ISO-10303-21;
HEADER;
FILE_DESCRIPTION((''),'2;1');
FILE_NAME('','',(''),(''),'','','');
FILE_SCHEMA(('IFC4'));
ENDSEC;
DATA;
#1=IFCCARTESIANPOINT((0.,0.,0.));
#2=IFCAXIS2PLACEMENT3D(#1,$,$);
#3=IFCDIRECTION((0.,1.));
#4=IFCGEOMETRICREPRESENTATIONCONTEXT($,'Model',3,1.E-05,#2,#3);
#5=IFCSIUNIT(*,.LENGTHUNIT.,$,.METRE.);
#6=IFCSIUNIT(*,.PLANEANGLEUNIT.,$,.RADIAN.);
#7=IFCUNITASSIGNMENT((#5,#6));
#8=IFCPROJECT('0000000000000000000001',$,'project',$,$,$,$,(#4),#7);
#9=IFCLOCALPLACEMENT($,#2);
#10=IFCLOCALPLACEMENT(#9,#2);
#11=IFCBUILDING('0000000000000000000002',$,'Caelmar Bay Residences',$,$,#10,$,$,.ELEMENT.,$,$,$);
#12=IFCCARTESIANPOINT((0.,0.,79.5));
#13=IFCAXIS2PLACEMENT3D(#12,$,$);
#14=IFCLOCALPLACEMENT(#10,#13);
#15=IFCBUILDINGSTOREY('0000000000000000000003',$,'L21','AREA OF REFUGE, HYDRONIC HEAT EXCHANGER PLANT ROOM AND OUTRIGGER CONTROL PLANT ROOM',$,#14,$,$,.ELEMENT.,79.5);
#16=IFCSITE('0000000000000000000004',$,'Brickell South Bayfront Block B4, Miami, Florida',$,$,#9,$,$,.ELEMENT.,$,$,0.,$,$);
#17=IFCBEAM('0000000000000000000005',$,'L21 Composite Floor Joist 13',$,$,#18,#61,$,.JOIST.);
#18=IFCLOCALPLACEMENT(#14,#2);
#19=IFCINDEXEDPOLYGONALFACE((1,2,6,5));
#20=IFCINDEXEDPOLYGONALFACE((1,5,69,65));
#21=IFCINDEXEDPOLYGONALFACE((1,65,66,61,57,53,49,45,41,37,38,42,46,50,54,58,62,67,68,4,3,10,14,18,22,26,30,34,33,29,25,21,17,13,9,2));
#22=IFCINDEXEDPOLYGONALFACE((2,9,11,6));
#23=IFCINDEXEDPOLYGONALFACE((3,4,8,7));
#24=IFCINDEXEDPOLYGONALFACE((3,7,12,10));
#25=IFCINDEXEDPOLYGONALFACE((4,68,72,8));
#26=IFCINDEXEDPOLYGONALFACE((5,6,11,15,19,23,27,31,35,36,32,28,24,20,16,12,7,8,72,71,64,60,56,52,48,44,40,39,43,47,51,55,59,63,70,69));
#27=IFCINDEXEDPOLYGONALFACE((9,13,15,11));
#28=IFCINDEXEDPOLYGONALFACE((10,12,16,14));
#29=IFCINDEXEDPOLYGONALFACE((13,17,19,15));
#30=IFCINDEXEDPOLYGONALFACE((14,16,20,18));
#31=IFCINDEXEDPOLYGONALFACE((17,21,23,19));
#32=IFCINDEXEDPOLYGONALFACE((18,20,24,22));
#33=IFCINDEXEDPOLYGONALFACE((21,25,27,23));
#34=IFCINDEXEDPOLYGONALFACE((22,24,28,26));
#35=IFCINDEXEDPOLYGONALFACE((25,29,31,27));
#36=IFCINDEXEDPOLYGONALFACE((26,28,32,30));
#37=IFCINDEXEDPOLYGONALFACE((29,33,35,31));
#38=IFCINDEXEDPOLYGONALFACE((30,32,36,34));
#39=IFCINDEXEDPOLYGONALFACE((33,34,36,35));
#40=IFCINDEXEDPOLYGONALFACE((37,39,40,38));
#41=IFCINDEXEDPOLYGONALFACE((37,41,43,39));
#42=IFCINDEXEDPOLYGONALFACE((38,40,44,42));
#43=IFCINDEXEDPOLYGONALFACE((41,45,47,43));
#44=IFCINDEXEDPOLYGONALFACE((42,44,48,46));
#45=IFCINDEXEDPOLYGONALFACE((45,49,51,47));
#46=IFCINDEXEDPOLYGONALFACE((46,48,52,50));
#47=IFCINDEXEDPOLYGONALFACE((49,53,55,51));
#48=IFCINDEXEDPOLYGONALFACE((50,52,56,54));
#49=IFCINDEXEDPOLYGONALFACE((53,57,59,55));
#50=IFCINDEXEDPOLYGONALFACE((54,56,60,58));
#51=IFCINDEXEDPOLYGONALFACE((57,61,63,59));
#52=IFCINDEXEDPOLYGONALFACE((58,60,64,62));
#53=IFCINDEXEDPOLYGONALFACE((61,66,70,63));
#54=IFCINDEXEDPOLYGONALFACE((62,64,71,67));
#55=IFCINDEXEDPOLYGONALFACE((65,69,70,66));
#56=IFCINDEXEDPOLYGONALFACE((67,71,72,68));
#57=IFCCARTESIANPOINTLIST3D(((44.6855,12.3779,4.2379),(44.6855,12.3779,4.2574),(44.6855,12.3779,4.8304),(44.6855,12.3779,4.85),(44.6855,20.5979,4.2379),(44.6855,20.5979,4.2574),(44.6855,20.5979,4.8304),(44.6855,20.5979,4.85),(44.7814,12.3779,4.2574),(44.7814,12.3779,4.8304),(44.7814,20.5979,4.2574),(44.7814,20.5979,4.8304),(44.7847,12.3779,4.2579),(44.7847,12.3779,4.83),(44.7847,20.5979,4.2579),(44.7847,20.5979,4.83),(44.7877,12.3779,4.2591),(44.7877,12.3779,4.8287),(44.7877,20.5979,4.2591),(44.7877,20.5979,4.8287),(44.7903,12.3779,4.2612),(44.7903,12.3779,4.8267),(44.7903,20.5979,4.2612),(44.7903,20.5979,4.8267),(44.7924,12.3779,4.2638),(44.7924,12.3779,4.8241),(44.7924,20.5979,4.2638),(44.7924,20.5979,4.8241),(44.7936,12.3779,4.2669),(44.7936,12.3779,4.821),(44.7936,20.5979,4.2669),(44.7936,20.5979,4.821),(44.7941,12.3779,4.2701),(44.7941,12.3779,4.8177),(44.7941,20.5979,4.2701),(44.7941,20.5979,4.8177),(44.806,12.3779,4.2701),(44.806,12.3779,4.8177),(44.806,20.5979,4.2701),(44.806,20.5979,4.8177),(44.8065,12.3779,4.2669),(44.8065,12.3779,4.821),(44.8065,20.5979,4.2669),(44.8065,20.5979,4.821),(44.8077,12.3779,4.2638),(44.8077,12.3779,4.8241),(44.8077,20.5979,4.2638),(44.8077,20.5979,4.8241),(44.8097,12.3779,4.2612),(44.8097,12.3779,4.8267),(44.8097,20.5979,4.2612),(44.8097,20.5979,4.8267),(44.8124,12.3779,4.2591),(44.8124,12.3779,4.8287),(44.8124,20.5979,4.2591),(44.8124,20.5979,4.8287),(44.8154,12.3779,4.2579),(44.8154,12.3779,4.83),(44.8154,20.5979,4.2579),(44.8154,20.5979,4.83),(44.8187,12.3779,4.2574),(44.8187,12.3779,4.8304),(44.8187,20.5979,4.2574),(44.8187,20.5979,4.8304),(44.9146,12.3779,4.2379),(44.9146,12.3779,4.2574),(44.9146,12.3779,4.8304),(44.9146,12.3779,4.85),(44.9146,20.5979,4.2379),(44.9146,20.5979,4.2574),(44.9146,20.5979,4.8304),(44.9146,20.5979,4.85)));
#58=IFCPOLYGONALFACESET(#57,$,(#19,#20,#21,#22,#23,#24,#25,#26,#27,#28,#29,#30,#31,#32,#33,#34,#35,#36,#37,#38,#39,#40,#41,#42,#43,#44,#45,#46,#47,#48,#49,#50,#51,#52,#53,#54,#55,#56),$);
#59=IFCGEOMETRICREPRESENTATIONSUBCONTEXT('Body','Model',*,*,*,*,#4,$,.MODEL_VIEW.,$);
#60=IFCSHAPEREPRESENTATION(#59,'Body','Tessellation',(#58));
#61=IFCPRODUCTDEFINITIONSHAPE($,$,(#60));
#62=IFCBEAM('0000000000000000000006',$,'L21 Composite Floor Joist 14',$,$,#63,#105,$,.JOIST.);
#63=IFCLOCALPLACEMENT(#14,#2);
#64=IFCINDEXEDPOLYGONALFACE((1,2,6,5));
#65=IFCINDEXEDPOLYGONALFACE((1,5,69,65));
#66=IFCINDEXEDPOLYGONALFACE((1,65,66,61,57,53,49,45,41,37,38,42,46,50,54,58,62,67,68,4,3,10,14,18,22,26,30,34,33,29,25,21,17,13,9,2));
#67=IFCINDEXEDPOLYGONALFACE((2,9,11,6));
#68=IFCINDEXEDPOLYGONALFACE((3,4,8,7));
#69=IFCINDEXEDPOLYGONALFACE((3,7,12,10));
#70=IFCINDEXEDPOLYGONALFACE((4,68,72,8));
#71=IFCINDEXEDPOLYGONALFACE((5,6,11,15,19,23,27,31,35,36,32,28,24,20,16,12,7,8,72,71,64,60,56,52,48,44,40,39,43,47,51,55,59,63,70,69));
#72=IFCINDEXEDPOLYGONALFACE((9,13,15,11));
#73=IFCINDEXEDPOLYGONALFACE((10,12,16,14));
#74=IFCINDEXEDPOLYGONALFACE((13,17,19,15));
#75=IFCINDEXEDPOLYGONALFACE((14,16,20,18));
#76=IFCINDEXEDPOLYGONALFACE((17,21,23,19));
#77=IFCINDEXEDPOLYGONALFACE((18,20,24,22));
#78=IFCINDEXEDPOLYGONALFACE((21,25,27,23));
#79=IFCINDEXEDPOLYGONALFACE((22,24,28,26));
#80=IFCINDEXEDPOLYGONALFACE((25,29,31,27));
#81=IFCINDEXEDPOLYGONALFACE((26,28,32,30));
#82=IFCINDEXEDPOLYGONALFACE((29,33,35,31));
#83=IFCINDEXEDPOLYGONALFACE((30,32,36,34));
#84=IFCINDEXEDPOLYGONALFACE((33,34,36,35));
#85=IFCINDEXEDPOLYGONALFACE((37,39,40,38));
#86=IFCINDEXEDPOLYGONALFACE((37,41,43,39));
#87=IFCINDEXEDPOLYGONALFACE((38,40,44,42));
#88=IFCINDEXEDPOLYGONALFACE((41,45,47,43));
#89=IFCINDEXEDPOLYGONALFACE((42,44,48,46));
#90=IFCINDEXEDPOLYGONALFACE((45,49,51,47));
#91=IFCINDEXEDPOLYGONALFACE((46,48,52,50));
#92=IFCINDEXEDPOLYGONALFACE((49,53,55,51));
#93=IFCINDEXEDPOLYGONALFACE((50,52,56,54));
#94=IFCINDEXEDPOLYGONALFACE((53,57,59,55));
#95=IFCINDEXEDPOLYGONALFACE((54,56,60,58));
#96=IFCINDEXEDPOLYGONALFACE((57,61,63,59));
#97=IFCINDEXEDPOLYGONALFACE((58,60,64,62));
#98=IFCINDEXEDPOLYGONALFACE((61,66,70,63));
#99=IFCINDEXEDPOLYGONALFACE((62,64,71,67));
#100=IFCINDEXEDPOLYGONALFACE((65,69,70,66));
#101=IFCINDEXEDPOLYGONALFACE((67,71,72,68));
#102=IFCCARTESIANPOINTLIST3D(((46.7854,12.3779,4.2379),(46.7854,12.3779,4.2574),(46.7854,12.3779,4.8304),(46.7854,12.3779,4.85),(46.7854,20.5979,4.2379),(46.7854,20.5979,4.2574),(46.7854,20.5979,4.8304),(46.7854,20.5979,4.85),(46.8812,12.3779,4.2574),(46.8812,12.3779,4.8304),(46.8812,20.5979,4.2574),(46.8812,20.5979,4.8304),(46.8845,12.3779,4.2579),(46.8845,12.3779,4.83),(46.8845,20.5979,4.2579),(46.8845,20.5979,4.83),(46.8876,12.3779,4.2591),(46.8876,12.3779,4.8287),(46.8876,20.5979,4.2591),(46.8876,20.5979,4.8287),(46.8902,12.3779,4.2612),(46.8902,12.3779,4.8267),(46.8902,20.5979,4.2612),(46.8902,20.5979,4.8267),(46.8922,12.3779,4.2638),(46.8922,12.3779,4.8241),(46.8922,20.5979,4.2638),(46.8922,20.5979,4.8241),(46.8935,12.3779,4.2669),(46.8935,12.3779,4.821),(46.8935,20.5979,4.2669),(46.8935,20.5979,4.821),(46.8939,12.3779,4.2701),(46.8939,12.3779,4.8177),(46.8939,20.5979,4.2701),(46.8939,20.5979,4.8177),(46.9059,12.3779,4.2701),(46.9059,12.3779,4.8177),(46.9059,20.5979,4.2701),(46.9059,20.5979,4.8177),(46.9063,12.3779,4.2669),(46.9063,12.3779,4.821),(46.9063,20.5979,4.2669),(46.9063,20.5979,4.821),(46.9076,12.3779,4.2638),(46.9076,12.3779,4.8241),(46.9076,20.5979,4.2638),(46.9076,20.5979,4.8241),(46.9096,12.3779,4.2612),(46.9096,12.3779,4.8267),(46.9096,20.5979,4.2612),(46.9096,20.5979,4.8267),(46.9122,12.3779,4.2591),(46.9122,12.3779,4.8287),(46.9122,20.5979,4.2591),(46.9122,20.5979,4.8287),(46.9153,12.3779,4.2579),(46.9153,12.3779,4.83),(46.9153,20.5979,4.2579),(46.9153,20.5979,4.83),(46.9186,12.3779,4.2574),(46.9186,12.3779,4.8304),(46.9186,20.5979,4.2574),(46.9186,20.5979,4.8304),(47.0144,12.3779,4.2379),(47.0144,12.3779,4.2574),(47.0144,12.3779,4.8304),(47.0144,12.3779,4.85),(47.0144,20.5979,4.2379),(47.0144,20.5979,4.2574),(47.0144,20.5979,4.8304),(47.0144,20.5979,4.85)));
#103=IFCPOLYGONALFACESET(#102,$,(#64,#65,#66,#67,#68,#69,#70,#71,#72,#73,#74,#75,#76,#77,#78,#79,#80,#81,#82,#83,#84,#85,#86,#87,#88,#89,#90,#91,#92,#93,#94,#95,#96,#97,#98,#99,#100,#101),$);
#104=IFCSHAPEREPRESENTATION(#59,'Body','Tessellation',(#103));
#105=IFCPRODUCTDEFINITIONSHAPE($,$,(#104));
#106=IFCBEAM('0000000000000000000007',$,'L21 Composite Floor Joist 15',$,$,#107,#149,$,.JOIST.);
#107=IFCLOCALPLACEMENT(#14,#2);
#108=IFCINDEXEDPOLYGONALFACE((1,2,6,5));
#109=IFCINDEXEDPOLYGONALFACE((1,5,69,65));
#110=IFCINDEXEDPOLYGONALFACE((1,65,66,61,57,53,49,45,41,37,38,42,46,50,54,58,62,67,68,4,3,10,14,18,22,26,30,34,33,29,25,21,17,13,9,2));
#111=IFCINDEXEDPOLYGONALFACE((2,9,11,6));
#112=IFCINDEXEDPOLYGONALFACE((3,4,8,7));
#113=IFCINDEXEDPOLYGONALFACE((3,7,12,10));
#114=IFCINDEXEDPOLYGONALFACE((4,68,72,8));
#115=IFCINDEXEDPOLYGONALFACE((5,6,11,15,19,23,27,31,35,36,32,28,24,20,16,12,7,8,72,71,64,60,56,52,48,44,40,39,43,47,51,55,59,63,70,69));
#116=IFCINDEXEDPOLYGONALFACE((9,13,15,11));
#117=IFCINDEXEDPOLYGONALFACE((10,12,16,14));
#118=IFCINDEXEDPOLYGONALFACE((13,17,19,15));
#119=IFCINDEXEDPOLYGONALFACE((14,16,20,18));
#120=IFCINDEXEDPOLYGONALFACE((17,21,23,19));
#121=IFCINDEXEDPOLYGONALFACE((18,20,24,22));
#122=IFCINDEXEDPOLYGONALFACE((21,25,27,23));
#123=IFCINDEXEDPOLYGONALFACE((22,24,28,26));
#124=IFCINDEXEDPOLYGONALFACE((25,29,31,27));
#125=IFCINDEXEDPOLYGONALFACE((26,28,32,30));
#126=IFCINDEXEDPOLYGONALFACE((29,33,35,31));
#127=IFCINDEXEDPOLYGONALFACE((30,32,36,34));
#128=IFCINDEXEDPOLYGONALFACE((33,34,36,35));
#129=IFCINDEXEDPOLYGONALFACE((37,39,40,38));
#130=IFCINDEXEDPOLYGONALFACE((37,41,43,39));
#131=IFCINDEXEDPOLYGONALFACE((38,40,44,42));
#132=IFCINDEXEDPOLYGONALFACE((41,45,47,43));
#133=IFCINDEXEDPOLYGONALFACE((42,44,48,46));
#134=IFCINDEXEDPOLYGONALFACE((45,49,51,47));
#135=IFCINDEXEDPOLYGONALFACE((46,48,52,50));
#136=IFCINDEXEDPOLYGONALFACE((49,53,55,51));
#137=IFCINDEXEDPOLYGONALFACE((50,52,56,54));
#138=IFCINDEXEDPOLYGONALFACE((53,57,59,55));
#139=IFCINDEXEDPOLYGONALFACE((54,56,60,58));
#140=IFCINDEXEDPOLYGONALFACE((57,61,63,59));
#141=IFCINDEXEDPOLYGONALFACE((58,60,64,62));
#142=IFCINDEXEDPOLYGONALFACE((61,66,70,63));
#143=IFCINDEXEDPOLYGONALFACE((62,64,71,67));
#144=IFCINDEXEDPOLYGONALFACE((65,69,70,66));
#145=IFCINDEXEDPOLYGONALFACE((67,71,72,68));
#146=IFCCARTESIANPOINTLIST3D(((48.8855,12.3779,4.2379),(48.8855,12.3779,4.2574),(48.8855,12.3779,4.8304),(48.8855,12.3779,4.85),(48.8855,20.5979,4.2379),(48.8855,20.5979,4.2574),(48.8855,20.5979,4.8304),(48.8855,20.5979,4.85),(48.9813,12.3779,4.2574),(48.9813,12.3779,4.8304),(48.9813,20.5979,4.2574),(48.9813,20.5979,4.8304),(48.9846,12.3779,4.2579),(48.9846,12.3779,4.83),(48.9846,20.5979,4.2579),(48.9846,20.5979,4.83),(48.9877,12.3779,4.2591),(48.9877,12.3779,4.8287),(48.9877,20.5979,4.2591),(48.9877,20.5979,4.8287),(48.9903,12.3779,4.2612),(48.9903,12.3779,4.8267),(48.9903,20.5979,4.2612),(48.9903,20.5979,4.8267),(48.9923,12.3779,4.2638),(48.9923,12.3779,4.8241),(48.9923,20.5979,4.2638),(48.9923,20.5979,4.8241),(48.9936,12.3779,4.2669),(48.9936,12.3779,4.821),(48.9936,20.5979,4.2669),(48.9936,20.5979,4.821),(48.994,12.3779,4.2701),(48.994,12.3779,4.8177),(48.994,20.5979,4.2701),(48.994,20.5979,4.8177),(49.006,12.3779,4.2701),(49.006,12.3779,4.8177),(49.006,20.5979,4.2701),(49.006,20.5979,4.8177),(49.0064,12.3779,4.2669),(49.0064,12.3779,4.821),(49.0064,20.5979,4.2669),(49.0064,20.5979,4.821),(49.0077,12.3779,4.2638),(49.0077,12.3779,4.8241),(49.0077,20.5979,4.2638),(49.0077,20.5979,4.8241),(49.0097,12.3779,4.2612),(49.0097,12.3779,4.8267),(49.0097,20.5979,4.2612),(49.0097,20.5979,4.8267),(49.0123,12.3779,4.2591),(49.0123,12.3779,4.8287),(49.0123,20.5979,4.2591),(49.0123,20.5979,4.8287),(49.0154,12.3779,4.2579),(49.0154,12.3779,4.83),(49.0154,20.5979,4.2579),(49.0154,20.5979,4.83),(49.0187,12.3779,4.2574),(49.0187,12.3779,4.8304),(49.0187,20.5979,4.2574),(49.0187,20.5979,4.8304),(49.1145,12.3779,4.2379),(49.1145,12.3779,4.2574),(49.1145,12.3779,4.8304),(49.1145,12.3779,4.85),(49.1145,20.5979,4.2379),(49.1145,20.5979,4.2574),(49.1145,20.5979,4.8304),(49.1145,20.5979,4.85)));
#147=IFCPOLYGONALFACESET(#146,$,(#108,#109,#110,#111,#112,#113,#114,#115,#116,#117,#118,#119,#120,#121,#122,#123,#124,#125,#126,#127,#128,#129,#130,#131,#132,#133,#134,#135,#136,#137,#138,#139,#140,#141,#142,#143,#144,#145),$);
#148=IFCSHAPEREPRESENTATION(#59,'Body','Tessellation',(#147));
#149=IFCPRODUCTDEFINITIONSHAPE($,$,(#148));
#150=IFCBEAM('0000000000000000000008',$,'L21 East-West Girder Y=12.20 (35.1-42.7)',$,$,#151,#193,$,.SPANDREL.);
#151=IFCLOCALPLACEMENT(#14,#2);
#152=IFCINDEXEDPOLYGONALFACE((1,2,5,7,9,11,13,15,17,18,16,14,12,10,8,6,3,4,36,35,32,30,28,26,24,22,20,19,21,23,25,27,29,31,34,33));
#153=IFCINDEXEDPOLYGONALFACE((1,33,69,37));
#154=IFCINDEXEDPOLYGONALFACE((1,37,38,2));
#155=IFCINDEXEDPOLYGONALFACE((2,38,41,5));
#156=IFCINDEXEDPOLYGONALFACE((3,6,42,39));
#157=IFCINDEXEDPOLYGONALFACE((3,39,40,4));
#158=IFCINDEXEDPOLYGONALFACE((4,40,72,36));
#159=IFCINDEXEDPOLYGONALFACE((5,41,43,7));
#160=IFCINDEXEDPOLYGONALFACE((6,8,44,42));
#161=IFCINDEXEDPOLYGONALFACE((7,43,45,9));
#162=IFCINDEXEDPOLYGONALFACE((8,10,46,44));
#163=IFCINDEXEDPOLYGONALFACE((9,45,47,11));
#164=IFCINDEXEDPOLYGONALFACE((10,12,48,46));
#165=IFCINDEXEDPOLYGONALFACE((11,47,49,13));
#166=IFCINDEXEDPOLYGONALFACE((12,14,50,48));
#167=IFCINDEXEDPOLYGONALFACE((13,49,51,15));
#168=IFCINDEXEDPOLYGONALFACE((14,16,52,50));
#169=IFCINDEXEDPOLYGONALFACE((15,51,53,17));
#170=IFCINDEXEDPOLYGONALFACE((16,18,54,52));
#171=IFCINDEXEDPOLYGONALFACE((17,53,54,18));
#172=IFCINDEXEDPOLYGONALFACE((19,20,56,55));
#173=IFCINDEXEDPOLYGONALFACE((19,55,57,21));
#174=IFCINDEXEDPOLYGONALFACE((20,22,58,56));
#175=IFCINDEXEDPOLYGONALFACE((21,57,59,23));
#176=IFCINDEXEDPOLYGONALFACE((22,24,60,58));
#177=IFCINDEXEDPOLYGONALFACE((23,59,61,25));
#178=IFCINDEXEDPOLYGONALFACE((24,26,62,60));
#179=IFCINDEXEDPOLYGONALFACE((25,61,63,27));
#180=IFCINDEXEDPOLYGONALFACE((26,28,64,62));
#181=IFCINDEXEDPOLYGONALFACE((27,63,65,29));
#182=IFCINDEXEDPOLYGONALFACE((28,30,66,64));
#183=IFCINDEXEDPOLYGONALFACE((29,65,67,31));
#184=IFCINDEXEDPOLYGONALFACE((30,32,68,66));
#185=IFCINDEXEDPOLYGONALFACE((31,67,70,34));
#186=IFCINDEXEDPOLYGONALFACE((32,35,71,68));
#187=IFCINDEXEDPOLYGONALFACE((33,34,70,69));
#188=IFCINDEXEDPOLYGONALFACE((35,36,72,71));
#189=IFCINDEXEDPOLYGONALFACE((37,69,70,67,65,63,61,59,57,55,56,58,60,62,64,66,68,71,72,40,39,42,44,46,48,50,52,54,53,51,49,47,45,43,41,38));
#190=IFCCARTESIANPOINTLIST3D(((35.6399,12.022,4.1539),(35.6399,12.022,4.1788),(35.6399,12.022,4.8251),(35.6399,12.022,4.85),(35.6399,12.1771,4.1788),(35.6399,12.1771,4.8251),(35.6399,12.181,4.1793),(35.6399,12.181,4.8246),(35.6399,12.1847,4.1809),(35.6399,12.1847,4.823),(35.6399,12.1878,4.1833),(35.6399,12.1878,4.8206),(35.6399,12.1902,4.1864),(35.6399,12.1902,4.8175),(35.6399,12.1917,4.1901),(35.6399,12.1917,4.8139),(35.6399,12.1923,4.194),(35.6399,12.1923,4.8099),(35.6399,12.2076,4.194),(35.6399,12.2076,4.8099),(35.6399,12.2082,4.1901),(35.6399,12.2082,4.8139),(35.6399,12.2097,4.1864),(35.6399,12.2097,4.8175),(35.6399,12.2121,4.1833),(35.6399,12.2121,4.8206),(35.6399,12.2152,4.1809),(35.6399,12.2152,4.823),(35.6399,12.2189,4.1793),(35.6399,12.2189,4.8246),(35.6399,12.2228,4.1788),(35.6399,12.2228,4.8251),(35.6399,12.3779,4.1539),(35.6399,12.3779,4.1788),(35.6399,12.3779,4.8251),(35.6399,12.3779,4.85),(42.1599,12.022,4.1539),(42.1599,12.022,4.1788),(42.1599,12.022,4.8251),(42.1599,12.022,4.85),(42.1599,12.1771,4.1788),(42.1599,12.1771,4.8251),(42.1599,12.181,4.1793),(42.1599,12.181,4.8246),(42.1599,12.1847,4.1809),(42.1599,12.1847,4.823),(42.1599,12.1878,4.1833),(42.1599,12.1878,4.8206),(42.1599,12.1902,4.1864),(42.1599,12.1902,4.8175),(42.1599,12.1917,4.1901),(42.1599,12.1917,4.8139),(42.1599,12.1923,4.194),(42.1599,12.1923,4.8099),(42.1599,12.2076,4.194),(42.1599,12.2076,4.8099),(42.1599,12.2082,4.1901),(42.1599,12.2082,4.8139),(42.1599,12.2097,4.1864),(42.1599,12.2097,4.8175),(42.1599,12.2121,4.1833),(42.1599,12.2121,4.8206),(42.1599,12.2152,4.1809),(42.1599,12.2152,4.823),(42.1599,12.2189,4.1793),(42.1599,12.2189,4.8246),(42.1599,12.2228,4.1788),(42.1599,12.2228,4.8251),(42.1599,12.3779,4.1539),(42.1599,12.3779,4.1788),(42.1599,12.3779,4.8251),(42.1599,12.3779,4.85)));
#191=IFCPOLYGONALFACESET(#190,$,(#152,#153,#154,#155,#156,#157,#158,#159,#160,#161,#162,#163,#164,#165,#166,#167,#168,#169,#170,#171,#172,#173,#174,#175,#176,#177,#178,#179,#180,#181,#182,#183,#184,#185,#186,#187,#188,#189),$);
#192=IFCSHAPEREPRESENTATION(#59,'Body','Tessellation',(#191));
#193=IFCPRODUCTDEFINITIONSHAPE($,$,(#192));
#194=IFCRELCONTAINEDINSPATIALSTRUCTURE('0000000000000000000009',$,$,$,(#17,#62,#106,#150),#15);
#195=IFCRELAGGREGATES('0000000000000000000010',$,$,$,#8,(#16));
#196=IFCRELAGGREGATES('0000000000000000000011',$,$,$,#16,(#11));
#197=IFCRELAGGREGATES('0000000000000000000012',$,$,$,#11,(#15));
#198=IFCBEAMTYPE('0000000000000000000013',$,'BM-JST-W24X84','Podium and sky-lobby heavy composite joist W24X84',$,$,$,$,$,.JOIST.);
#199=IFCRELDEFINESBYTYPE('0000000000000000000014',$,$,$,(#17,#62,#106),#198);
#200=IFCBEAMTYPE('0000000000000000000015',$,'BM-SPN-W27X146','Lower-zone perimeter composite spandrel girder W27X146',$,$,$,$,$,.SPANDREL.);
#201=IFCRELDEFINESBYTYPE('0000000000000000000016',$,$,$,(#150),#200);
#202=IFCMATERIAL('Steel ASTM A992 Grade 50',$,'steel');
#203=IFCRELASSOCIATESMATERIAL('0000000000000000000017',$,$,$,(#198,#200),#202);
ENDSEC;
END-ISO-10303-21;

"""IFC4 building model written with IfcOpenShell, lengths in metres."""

from ifc_helpers import new_model, si_unit, direction, frame, origin, origin_2d, place, context, subcontext, project, spatial, i_section, extrude, material, material_profile, profile_set, type_object, element, save


model = new_model("IFC4")

# Units and contexts
model_context = context("Model", 3, precision=1e-05, world=origin(), true_north=direction((0.0, 1.0)))
body_context = subcontext(model_context, "Body", "Model", "MODEL_VIEW")
ifc_project = project(units=[si_unit("LENGTHUNIT", "METRE"), si_unit("PLANEANGLEUNIT", "RADIAN")], contexts=[model_context])

# Site, building, storey
site_placement = place(None, origin())
site = spatial("IfcSite", under=ifc_project, at=site_placement, Name="Brickell South Bayfront Block B4, Miami, Florida", CompositionType="ELEMENT", RefElevation=0.0)
building_placement = place(site_placement, origin())
building = spatial("IfcBuilding", under=site, at=building_placement, Name="Caelmar Bay Residences", CompositionType="ELEMENT")
storey_placement = place(building_placement, frame((0.0, 0.0, 79.5)))
storey = spatial("IfcBuildingStorey", under=building, at=storey_placement, Name="L21", Description="AREA OF REFUGE, HYDRONIC HEAT EXCHANGER PLANT ROOM AND OUTRIGGER CONTROL PLANT ROOM", CompositionType="ELEMENT", Elevation=79.5)

# Beams
ifc_material_1 = material(Name="Steel ASTM A992 Grade 50", Category="steel")
ifc_material_profile_1 = material_profile(ifc_material_1, i_section(OverallWidth=0.229, OverallDepth=0.6121, WebThickness=0.012, FlangeThickness=0.0195, FilletRadius=0.0127, at=origin_2d()), Name="W24X84")
ifc_profile_set_1 = profile_set([ifc_material_profile_1], Name="Steel ASTM A992 Grade 50")
beam_type_1 = type_object("IfcBeamType", Name="BM-JST-W24X84", Description="Podium and sky-lobby heavy composite joist W24X84", PredefinedType="JOIST", material=ifc_profile_set_1)
for number, where, z_axis, x_axis, name in (
    (1, (44.8, 12.3779, 4.5439), (0.0, 1.0, 0.0), (-1.0, 0.0, 0.0), "L21 Composite Floor Joist 13"),
    (2, (46.8999, 12.3779, 4.5439), (0.0, 1.0, 0.0), (-1.0, 0.0, 0.0), "L21 Composite Floor Joist 14"),
    (3, (49.0, 12.3779, 4.5439), (0.0, 1.0, 0.0), (-1.0, 0.0, 0.0), "L21 Composite Floor Joist 15"),
):
    element("IfcBeam", number, at=place(storey_placement, frame(where, z_axis=z_axis, x_axis=x_axis)), inside=storey, type_object=beam_type_1, Name=name, PredefinedType="JOIST", context=body_context, shape_type="SweptSolid", body=[
        extrude(i_section(OverallWidth=0.229, OverallDepth=0.6121, WebThickness=0.012, FlangeThickness=0.0195, FilletRadius=0.0127, at=origin_2d()), origin(), (0.0, 0.0, 1.0), 8.22),
    ])
ifc_material_profile_2 = material_profile(ifc_material_1, i_section(OverallWidth=0.356, OverallDepth=0.696, WebThickness=0.0154, FlangeThickness=0.0249, FilletRadius=0.0151, at=origin_2d()), Name="W27X146")
ifc_profile_set_2 = profile_set([ifc_material_profile_2], Name="Steel ASTM A992 Grade 50")
beam_type_2 = type_object("IfcBeamType", Name="BM-SPN-W27X146", Description="Lower-zone perimeter composite spandrel girder W27X146", PredefinedType="SPANDREL", material=ifc_profile_set_2)
beam_placement = place(storey_placement, frame((35.6399, 12.2, 4.502), z_axis=(1.0, 0.0, 0.0), x_axis=(0.0, 1.0, 0.0)))
element("IfcBeam", 4, at=beam_placement, inside=storey, type_object=beam_type_2, Name="L21 East-West Girder Y=12.20 (35.1-42.7)", PredefinedType="SPANDREL", context=body_context, shape_type="SweptSolid", body=[
    extrude(i_section(OverallWidth=0.356, OverallDepth=0.696, WebThickness=0.0154, FlangeThickness=0.0249, FilletRadius=0.0151, at=origin_2d()), origin(), (0.0, 0.0, 1.0), 6.52),
])

save(model, "model.ifc")
